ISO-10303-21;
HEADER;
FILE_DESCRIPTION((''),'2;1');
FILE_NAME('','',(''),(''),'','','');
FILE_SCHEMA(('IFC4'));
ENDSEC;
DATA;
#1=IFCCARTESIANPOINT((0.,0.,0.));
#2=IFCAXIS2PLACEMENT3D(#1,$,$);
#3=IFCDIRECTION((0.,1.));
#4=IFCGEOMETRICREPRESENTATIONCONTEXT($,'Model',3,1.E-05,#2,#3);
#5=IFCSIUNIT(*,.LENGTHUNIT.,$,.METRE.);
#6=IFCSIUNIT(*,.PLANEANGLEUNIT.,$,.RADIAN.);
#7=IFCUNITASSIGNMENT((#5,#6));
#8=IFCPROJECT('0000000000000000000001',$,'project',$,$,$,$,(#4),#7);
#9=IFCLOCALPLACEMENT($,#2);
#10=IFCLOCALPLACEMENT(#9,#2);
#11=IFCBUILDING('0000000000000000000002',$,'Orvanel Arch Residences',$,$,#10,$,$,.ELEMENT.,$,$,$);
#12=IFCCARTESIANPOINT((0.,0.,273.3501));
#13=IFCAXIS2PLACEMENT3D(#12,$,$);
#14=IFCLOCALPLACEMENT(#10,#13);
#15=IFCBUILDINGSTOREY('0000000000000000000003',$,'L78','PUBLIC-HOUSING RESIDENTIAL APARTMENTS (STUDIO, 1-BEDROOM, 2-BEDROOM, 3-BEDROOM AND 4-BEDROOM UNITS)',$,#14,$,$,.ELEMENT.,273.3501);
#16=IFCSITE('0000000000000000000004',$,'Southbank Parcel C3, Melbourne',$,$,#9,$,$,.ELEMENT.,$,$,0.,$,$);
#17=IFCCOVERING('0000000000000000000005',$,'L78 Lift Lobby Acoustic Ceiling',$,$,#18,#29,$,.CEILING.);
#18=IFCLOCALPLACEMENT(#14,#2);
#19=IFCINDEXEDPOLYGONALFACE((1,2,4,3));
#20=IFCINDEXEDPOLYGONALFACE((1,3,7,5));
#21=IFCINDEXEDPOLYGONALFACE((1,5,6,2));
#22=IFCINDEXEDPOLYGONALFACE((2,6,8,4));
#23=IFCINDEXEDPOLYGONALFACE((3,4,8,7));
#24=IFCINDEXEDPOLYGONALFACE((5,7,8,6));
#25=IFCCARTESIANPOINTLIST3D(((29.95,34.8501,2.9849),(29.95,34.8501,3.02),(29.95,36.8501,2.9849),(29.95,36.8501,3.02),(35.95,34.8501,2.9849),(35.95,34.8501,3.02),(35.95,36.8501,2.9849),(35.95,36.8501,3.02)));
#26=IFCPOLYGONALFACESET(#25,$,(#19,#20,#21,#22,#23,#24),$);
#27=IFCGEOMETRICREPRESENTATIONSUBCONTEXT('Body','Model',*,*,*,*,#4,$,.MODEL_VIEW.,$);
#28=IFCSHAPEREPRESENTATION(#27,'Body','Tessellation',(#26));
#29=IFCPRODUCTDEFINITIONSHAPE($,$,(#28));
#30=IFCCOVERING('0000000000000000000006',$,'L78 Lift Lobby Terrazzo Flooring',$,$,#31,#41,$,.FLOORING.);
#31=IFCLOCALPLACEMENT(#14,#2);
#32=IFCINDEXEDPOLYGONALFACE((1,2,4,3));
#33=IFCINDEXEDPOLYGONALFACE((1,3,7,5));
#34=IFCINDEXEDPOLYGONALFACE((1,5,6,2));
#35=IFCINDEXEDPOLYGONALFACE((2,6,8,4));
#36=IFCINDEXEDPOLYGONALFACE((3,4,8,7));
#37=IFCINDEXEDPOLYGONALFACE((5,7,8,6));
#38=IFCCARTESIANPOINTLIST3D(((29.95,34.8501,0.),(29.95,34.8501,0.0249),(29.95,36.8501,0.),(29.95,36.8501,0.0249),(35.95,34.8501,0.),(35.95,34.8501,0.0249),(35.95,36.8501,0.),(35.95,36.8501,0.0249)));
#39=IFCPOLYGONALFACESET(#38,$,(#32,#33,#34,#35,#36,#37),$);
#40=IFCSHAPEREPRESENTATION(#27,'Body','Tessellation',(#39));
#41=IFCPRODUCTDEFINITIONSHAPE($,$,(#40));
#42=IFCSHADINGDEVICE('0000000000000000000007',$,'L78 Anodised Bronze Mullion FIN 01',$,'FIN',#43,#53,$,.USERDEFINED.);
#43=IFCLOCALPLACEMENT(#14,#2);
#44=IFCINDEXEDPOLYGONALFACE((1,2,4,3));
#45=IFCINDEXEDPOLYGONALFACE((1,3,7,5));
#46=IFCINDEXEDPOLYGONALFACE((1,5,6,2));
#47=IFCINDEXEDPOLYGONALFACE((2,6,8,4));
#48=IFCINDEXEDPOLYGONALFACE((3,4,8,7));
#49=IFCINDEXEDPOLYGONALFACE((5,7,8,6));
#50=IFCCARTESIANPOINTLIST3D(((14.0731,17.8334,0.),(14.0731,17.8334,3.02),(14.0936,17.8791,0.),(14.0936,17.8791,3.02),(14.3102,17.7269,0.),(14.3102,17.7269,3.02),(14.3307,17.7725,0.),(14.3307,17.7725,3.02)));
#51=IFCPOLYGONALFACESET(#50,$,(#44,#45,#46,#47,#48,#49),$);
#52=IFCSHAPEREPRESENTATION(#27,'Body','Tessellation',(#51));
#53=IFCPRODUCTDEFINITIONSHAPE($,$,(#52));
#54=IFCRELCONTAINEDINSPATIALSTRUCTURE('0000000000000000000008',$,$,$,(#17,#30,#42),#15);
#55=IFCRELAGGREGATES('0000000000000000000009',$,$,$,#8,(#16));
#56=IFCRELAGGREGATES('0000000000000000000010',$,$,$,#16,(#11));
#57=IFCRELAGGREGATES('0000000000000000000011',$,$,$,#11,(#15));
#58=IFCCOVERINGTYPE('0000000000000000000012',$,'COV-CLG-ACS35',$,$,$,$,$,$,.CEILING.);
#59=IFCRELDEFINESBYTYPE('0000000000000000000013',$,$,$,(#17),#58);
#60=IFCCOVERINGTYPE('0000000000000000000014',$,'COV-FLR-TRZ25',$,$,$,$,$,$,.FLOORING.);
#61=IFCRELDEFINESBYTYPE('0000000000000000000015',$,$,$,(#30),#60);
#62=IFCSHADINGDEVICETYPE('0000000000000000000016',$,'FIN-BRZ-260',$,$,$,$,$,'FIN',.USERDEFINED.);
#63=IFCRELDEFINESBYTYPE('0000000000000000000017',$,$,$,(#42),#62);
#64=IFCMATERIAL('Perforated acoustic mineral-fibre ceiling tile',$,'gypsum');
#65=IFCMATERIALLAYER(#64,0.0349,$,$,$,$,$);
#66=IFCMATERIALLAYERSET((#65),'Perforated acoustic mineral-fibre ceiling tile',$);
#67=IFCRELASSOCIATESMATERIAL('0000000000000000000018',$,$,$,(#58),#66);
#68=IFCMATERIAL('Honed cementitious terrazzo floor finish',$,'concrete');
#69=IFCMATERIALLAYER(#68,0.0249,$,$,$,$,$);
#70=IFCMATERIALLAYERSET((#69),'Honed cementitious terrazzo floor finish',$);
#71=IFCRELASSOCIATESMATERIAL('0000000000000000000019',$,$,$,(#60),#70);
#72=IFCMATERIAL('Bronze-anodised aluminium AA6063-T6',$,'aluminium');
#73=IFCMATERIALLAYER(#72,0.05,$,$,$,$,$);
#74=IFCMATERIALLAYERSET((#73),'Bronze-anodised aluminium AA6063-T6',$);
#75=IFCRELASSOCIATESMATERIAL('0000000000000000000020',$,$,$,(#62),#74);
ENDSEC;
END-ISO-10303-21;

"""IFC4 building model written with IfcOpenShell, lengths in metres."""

from ifc_helpers import new_model, si_unit, direction, frame, origin, origin_2d, place, context, subcontext, project, spatial, polyline, rectangle, outline, extrude, material, layer, layer_set, type_object, element, save


model = new_model("IFC4")

# Units and contexts
model_context = context("Model", 3, precision=1e-05, world=origin(), true_north=direction((0.0, 1.0)))
body_context = subcontext(model_context, "Body", "Model", "MODEL_VIEW")
ifc_project = project(units=[si_unit("LENGTHUNIT", "METRE"), si_unit("PLANEANGLEUNIT", "RADIAN")], contexts=[model_context])

# Site, building, storey
site_placement = place(None, origin())
site = spatial("IfcSite", under=ifc_project, at=site_placement, Name="Southbank Parcel C3, Melbourne", CompositionType="ELEMENT", RefElevation=0.0)
building_placement = place(site_placement, origin())
building = spatial("IfcBuilding", under=site, at=building_placement, Name="Orvanel Arch Residences", CompositionType="ELEMENT")
storey_placement = place(building_placement, frame((0.0, 0.0, 273.3501)))
storey = spatial("IfcBuildingStorey", under=building, at=storey_placement, Name="L78", Description="PUBLIC-HOUSING RESIDENTIAL APARTMENTS (STUDIO, 1-BEDROOM, 2-BEDROOM, 3-BEDROOM AND 4-BEDROOM UNITS)", CompositionType="ELEMENT", Elevation=273.3501)

# Shared definitions
ifc_material_1 = material(Name="Bronze-anodised aluminium AA6063-T6", Category="aluminium")

# Coverings
ifc_material_2 = material(Name="Perforated acoustic mineral-fibre ceiling tile", Category="gypsum")
ifc_layer_1 = layer(ifc_material_2, 0.0349)
ifc_layer_set_1 = layer_set([ifc_layer_1], Name="Perforated acoustic mineral-fibre ceiling tile")
covering_type_1 = type_object("IfcCoveringType", Name="COV-CLG-ACS35", PredefinedType="CEILING", material=ifc_layer_set_1)
covering_1_placement = place(storey_placement, frame((0.0, 0.0, 2.9849)))
element("IfcCovering", 1, at=covering_1_placement, inside=storey, type_object=covering_type_1, Name="L78 Lift Lobby Acoustic Ceiling", PredefinedType="CEILING", context=body_context, shape_type="SweptSolid", body=[
    extrude(outline(polyline([(29.95, 34.8501), (35.95, 34.8501), (35.95, 36.8501), (29.95, 36.8501), (29.95, 34.8501)])), origin(), (0.0, 0.0, 1.0), 0.0352),
])
ifc_material_3 = material(Name="Honed cementitious terrazzo floor finish", Category="concrete")
ifc_layer_2 = layer(ifc_material_3, 0.0249)
ifc_layer_set_2 = layer_set([ifc_layer_2], Name="Honed cementitious terrazzo floor finish")
covering_type_2 = type_object("IfcCoveringType", Name="COV-FLR-TRZ25", PredefinedType="FLOORING", material=ifc_layer_set_2)
covering_2_placement = place(storey_placement, origin())
element("IfcCovering", 2, at=covering_2_placement, inside=storey, type_object=covering_type_2, Name="L78 Lift Lobby Terrazzo Flooring", PredefinedType="FLOORING", context=body_context, shape_type="SweptSolid", body=[
    extrude(outline(polyline([(29.95, 34.8501), (35.95, 34.8501), (35.95, 36.8501), (29.95, 36.8501), (29.95, 34.8501)])), origin(), (0.0, 0.0, 1.0), 0.0249),
])

# Shading device
ifc_layer_3 = layer(ifc_material_1, 0.05)
ifc_layer_set_3 = layer_set([ifc_layer_3], Name="Bronze-anodised aluminium AA6063-T6")
shading_device_type = type_object("IfcShadingDeviceType", Name="FIN-BRZ-260", ElementType="FIN", PredefinedType="USERDEFINED", material=ifc_layer_set_3)
shading_device_placement = place(storey_placement, frame((14.2019, 17.803, 0.0), z_axis=(0.0, 0.0, 1.0), x_axis=(-0.91212, 0.409923, 0.0)))
element("IfcShadingDevice", 3, at=shading_device_placement, inside=storey, type_object=shading_device_type, Name="L78 Anodised Bronze Mullion FIN 01", ObjectType="FIN", PredefinedType="USERDEFINED", context=body_context, shape_type="SweptSolid", body=[
    extrude(rectangle(XDim=0.26, YDim=0.05, at=origin_2d()), origin(), (0.0, 0.0, 1.0), 3.02),
])

save(model, "model.ifc")
